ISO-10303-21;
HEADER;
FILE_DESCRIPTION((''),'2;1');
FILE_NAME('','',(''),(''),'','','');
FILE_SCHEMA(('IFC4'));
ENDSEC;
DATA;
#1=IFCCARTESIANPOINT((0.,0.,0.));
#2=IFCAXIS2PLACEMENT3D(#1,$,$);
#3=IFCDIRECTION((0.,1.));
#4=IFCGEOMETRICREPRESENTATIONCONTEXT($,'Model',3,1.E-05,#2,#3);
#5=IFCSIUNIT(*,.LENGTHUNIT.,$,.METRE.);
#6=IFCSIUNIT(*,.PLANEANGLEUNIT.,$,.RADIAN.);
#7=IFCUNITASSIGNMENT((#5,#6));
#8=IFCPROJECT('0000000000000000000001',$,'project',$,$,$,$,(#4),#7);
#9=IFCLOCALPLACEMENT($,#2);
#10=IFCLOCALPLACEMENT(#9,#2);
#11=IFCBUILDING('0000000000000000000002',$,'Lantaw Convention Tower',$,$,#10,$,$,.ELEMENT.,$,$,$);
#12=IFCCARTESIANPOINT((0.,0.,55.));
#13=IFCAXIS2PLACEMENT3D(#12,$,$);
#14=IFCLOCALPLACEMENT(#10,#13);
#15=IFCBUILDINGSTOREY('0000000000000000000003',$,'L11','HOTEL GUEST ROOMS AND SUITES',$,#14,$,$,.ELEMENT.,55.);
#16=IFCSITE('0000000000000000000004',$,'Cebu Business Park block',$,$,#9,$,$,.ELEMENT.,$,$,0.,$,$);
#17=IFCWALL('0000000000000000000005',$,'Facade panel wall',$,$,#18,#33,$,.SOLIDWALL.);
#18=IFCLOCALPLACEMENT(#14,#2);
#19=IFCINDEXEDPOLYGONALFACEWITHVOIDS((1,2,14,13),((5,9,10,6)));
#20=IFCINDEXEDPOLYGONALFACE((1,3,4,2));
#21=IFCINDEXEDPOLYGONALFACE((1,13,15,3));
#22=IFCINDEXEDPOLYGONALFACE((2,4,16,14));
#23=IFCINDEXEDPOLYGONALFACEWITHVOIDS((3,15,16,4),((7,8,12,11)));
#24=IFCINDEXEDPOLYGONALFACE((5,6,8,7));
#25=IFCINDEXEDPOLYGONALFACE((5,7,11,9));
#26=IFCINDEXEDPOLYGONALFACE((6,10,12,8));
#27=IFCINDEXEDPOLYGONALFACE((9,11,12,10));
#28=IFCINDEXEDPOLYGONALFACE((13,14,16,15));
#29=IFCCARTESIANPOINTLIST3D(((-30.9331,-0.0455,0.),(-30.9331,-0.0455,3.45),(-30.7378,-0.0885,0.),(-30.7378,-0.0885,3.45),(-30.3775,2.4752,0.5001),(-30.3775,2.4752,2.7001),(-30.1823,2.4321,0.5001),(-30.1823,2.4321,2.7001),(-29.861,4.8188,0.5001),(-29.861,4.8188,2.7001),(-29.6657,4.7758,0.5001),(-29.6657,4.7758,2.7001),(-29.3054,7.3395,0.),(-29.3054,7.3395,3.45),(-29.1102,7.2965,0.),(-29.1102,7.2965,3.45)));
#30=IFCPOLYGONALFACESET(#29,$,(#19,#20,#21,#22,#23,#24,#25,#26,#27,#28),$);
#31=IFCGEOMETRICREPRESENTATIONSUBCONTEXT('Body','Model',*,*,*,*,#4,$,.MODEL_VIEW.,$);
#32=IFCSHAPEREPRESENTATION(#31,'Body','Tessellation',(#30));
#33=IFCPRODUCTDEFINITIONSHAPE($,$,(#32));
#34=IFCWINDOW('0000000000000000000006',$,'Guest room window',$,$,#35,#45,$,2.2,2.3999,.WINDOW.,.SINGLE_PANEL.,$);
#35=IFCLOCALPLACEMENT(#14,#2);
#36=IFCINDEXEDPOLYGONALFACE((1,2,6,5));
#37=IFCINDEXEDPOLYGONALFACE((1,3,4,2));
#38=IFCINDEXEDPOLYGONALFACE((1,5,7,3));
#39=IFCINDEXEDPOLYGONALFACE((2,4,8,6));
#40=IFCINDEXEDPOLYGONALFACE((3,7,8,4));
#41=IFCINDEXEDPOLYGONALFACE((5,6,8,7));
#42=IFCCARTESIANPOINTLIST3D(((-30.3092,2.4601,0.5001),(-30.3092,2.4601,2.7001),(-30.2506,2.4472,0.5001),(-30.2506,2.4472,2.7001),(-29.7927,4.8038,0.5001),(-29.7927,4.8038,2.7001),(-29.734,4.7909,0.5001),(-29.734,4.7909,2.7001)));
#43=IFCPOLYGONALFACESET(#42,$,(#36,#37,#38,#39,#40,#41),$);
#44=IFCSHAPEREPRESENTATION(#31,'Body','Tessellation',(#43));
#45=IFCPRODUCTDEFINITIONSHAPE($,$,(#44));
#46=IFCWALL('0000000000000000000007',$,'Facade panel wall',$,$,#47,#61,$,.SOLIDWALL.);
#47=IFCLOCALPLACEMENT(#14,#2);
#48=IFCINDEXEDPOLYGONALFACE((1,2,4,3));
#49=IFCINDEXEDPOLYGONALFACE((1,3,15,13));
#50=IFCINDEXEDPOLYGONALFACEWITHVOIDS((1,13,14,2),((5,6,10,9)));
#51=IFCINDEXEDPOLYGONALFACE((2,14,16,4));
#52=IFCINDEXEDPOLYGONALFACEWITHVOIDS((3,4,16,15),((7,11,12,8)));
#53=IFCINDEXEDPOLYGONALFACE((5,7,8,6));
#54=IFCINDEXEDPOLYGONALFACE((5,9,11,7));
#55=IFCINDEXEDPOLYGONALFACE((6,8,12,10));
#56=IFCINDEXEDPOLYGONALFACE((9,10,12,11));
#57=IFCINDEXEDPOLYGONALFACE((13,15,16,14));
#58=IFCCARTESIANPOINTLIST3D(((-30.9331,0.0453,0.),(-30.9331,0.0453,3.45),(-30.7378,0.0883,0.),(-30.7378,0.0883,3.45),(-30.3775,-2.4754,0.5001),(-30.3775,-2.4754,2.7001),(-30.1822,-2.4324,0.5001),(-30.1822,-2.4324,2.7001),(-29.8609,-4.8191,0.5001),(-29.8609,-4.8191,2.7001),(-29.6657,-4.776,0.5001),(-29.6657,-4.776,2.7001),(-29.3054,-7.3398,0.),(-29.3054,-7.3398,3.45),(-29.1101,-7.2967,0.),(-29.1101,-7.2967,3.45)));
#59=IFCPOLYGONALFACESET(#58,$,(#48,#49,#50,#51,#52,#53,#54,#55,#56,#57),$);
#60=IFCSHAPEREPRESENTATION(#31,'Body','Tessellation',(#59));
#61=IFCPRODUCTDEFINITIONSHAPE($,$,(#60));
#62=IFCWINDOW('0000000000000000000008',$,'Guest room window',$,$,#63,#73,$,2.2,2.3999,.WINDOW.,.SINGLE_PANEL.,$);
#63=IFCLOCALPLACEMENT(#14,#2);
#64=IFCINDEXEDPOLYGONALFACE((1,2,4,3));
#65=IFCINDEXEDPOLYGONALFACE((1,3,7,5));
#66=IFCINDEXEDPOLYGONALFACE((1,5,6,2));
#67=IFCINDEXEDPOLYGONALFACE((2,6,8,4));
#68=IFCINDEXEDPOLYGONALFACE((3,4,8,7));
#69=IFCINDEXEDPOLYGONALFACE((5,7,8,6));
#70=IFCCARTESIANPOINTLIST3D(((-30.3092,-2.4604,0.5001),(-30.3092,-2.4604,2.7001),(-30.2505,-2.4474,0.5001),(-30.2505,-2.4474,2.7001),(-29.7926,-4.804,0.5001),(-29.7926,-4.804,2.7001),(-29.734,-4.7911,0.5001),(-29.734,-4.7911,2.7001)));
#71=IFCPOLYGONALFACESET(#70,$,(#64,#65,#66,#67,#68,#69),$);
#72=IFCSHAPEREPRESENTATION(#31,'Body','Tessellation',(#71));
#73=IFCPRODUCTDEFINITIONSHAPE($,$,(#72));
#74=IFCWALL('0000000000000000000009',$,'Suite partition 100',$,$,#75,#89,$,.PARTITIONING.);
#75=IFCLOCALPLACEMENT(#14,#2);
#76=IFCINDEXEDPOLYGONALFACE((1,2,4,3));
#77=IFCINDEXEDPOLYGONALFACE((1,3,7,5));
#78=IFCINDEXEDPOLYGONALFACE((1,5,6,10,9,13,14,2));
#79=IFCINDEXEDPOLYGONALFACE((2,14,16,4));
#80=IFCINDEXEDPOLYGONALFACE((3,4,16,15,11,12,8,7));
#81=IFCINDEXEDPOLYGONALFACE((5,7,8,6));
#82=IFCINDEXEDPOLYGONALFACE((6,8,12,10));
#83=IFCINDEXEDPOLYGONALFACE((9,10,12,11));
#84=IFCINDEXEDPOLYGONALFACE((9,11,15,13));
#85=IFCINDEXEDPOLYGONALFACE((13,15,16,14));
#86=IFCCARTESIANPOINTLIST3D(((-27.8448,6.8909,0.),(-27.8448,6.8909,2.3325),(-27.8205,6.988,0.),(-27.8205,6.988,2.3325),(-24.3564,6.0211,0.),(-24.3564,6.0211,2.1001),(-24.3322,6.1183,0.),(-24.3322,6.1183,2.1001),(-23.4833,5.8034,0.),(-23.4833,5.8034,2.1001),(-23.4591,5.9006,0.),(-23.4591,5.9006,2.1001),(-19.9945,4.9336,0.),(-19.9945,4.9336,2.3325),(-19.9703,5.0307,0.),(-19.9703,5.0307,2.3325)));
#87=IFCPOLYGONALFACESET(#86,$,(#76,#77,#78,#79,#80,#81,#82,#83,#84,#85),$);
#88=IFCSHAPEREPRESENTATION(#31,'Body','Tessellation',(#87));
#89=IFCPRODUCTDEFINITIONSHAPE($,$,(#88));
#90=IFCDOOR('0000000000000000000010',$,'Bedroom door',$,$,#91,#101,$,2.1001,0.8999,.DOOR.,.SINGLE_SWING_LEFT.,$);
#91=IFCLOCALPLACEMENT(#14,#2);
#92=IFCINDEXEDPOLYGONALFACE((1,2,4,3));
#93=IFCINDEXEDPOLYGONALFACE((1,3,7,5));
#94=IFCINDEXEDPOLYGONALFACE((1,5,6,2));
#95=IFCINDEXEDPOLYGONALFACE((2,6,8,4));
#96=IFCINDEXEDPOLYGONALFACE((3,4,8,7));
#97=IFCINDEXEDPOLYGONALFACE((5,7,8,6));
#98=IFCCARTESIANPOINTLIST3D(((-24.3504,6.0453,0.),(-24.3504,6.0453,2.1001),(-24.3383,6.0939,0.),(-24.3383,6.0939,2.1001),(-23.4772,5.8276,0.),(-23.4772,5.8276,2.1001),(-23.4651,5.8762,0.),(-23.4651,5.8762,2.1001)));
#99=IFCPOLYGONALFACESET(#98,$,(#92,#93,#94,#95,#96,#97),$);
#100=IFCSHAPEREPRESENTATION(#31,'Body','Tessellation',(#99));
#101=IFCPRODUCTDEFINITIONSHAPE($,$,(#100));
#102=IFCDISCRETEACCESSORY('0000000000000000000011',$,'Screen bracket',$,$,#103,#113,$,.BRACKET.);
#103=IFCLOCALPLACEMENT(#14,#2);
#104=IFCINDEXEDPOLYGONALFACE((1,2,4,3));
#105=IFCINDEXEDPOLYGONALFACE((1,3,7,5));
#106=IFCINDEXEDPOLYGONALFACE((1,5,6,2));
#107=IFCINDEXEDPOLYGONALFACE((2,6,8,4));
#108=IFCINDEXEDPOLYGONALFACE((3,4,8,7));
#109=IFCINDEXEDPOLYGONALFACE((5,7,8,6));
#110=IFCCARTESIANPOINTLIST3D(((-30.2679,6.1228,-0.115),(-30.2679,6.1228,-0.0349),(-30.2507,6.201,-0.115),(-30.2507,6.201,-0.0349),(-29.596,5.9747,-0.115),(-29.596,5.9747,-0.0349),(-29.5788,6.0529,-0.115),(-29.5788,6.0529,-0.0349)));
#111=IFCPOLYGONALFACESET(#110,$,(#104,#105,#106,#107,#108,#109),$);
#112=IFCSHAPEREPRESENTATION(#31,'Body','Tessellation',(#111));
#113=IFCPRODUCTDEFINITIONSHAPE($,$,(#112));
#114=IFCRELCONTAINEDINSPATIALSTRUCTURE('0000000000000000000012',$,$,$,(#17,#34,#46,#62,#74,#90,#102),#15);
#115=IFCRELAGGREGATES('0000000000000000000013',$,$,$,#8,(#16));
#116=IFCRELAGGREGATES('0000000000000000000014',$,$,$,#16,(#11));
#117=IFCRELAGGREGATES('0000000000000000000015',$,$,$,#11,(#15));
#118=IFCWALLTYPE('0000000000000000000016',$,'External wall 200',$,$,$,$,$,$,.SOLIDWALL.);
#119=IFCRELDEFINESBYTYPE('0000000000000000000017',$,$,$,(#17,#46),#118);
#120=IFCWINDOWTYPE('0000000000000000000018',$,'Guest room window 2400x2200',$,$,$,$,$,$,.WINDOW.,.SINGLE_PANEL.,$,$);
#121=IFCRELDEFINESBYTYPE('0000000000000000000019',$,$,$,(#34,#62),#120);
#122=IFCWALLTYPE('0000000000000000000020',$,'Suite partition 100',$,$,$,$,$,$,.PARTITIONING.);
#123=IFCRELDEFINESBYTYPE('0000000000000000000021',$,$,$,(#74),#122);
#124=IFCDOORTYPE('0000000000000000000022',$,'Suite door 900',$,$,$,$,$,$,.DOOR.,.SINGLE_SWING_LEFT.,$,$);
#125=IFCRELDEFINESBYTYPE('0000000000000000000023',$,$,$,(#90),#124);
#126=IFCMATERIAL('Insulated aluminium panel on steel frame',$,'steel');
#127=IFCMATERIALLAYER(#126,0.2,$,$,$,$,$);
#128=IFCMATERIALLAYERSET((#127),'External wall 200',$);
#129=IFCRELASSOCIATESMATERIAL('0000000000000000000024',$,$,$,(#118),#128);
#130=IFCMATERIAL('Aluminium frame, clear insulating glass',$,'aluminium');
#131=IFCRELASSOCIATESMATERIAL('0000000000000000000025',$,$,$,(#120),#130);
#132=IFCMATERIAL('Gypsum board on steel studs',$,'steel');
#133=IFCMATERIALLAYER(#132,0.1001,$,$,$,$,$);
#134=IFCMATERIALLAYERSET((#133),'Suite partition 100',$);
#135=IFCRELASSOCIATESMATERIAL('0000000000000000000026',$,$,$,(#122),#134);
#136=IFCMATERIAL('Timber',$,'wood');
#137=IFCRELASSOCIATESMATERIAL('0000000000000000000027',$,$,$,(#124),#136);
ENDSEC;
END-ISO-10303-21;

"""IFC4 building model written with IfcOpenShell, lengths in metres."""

from ifc_helpers import new_model, si_unit, direction, frame, frame_2d, origin, origin_2d, place, context, subcontext, project, spatial, rectangle, extrude, material, layer, layer_set, type_object, element, fill, save


model = new_model("IFC4")

# Units and contexts
model_context = context("Model", 3, precision=1e-05, world=origin(), true_north=direction((0.0, 1.0)))
body_context = subcontext(model_context, "Body", "Model", "MODEL_VIEW")
ifc_project = project(units=[si_unit("LENGTHUNIT", "METRE"), si_unit("PLANEANGLEUNIT", "RADIAN")], contexts=[model_context])

# Site, building, storey
site_placement = place(None, origin())
site = spatial("IfcSite", under=ifc_project, at=site_placement, Name="Cebu Business Park block", CompositionType="ELEMENT", RefElevation=0.0)
building_placement = place(site_placement, origin())
building = spatial("IfcBuilding", under=site, at=building_placement, Name="Lantaw Convention Tower", CompositionType="ELEMENT")
storey_placement = place(building_placement, frame((0.0, 0.0, 55.0)))
storey = spatial("IfcBuildingStorey", under=building, at=storey_placement, Name="L11", Description="HOTEL GUEST ROOMS AND SUITES", CompositionType="ELEMENT", Elevation=55.0)

# Walls, openings, windows
ifc_material_1 = material(Name="Insulated aluminium panel on steel frame", Category="steel")
ifc_layer_1 = layer(ifc_material_1, 0.2)
ifc_layer_set_1 = layer_set([ifc_layer_1], Name="External wall 200")
wall_type_1 = type_object("IfcWallType", Name="External wall 200", PredefinedType="SOLIDWALL", material=ifc_layer_set_1)
wall_1_placement = place(storey_placement, frame((-29.2078, 7.3181, 0.0), z_axis=(0.0, 0.0, 1.0), x_axis=(-0.215238, -0.976562, 0.0)))
wall_1 = element("IfcWall", 1, at=wall_1_placement, inside=storey, type_object=wall_type_1, Name="Facade panel wall", PredefinedType="SOLIDWALL", context=body_context, shape_type="SweptSolid", body=[
    extrude(rectangle(XDim=7.5623, YDim=0.2, at=frame_2d((3.7812, 0.0))), origin(), (0.0, 0.0, 1.0), 3.45),
])
opening_1_placement = place(wall_1_placement, frame((2.5813, 0.0, 0.5)))
opening_1 = element("IfcOpeningElement", 2, at=opening_1_placement, cuts=wall_1, PredefinedType="OPENING", context=body_context, shape_type="SweptSolid", body=[
    extrude(rectangle(XDim=2.3999, YDim=2.2, at=frame_2d((1.2, 1.1001))), frame((0.0, 0.1099, 0.0), z_axis=(0.0, -1.0, 0.0), x_axis=(1.0, 0.0, 0.0)), (0.0, 0.0, 1.0), 0.22),
])
ifc_material_2 = material(Name="Aluminium frame, clear insulating glass", Category="aluminium")
window_type = type_object("IfcWindowType", Name="Guest room window 2400x2200", PartitioningType="SINGLE_PANEL", PredefinedType="WINDOW", material=ifc_material_2)
window_1_placement = place(opening_1_placement, origin())
window_1 = element("IfcWindow", 3, at=window_1_placement, inside=storey, type_object=window_type, Name="Guest room window", OverallHeight=2.2, OverallWidth=2.3999, PartitioningType="SINGLE_PANEL", PredefinedType="WINDOW", context=body_context, shape_type="SweptSolid", body=[
    extrude(rectangle(XDim=2.3999, YDim=2.2, at=frame_2d((1.2, 1.1001))), frame((0.0, 0.03, 0.0), z_axis=(0.0, -1.0, 0.0), x_axis=(1.0, 0.0, 0.0)), (0.0, 0.0, 1.0), 0.0601),
])
fill(opening_1, window_1)
wall_2_placement = place(storey_placement, frame((-30.8354, 0.0669, 0.0), z_axis=(0.0, 0.0, 1.0), x_axis=(0.215238, -0.976562, 0.0)))
wall_2 = element("IfcWall", 4, at=wall_2_placement, inside=storey, type_object=wall_type_1, Name="Facade panel wall", PredefinedType="SOLIDWALL", context=body_context, shape_type="SweptSolid", body=[
    extrude(rectangle(XDim=7.5623, YDim=0.2, at=frame_2d((3.7812, 0.0))), origin(), (0.0, 0.0, 1.0), 3.45),
])
opening_2_placement = place(wall_2_placement, frame((2.5813, 0.0, 0.5)))
opening_2 = element("IfcOpeningElement", 5, at=opening_2_placement, cuts=wall_2, PredefinedType="OPENING", context=body_context, shape_type="SweptSolid", body=[
    extrude(rectangle(XDim=2.3999, YDim=2.2, at=frame_2d((1.2, 1.1001))), frame((0.0, 0.1099, 0.0), z_axis=(0.0, -1.0, 0.0), x_axis=(1.0, 0.0, 0.0)), (0.0, 0.0, 1.0), 0.22),
])
window_2_placement = place(opening_2_placement, origin())
window_2 = element("IfcWindow", 6, at=window_2_placement, inside=storey, type_object=window_type, Name="Guest room window", OverallHeight=2.2, OverallWidth=2.3999, PartitioningType="SINGLE_PANEL", PredefinedType="WINDOW", context=body_context, shape_type="SweptSolid", body=[
    extrude(rectangle(XDim=2.3999, YDim=2.2, at=frame_2d((1.2, 1.1001))), frame((0.0, 0.03, 0.0), z_axis=(0.0, -1.0, 0.0), x_axis=(1.0, 0.0, 0.0)), (0.0, 0.0, 1.0), 0.0601),
])
fill(opening_2, window_2)

# Wall, opening, door
ifc_material_3 = material(Name="Gypsum board on steel studs", Category="steel")
ifc_layer_2 = layer(ifc_material_3, 0.1001)
ifc_layer_set_2 = layer_set([ifc_layer_2], Name="Suite partition 100")
wall_type_2 = type_object("IfcWallType", Name="Suite partition 100", PredefinedType="PARTITIONING", material=ifc_layer_set_2)
wall_3_placement = place(storey_placement, frame((-27.8328, 6.9395, 0.0), z_axis=(0.0, 0.0, 1.0), x_axis=(0.970297, -0.241918, 0.0)))
wall_3 = element("IfcWall", 7, at=wall_3_placement, inside=storey, type_object=wall_type_2, Name="Suite partition 100", PredefinedType="PARTITIONING", context=body_context, shape_type="SweptSolid", body=[
    extrude(rectangle(XDim=8.0906, YDim=0.1001, at=frame_2d((4.0454, 0.0))), origin(), (0.0, 0.0, 1.0), 2.3325),
])
opening_3_placement = place(wall_3_placement, frame((3.5952, 0.0, 0.0)))
opening_3 = element("IfcOpeningElement", 8, at=opening_3_placement, cuts=wall_3, PredefinedType="OPENING", context=body_context, shape_type="SweptSolid", body=[
    extrude(rectangle(XDim=0.8999, YDim=2.1001, at=frame_2d((0.45, 1.05))), frame((0.0, 0.0601, 0.0), z_axis=(0.0, -1.0, 0.0), x_axis=(1.0, 0.0, 0.0)), (0.0, 0.0, 1.0), 0.1201),
])
ifc_material_4 = material(Name="Timber", Category="wood")
door_type_1 = type_object("IfcDoorType", Name="Suite door 900", OperationType="SINGLE_SWING_LEFT", PredefinedType="DOOR", material=ifc_material_4)
door_1_placement = place(opening_3_placement, origin())
door_1 = element("IfcDoor", 9, at=door_1_placement, inside=storey, type_object=door_type_1, Name="Bedroom door", OperationType="SINGLE_SWING_LEFT", OverallHeight=2.1001, OverallWidth=0.8999, PredefinedType="DOOR", context=body_context, shape_type="SweptSolid", body=[
    extrude(rectangle(XDim=0.8999, YDim=2.1001, at=frame_2d((0.45, 1.05))), frame((0.0, 0.0249, 0.0), z_axis=(0.0, -1.0, 0.0), x_axis=(1.0, 0.0, 0.0)), (0.0, 0.0, 1.0), 0.05),
])
fill(opening_3, door_1)

# Discrete accessory
discrete_accessory_placement = place(storey_placement, frame((-29.9233, 6.0879, -0.115), z_axis=(0.0, 0.0, 1.0), x_axis=(-0.215246, -0.97656, 0.0)))
element("IfcDiscreteAccessory", 10, at=discrete_accessory_placement, inside=storey, Name="Screen bracket", PredefinedType="BRACKET", context=body_context, shape_type="SweptSolid", body=[
    extrude(rectangle(XDim=0.0801, YDim=0.688, at=origin_2d()), origin(), (0.0, 0.0, 1.0), 0.0801),
])

save(model, "model.ifc")
